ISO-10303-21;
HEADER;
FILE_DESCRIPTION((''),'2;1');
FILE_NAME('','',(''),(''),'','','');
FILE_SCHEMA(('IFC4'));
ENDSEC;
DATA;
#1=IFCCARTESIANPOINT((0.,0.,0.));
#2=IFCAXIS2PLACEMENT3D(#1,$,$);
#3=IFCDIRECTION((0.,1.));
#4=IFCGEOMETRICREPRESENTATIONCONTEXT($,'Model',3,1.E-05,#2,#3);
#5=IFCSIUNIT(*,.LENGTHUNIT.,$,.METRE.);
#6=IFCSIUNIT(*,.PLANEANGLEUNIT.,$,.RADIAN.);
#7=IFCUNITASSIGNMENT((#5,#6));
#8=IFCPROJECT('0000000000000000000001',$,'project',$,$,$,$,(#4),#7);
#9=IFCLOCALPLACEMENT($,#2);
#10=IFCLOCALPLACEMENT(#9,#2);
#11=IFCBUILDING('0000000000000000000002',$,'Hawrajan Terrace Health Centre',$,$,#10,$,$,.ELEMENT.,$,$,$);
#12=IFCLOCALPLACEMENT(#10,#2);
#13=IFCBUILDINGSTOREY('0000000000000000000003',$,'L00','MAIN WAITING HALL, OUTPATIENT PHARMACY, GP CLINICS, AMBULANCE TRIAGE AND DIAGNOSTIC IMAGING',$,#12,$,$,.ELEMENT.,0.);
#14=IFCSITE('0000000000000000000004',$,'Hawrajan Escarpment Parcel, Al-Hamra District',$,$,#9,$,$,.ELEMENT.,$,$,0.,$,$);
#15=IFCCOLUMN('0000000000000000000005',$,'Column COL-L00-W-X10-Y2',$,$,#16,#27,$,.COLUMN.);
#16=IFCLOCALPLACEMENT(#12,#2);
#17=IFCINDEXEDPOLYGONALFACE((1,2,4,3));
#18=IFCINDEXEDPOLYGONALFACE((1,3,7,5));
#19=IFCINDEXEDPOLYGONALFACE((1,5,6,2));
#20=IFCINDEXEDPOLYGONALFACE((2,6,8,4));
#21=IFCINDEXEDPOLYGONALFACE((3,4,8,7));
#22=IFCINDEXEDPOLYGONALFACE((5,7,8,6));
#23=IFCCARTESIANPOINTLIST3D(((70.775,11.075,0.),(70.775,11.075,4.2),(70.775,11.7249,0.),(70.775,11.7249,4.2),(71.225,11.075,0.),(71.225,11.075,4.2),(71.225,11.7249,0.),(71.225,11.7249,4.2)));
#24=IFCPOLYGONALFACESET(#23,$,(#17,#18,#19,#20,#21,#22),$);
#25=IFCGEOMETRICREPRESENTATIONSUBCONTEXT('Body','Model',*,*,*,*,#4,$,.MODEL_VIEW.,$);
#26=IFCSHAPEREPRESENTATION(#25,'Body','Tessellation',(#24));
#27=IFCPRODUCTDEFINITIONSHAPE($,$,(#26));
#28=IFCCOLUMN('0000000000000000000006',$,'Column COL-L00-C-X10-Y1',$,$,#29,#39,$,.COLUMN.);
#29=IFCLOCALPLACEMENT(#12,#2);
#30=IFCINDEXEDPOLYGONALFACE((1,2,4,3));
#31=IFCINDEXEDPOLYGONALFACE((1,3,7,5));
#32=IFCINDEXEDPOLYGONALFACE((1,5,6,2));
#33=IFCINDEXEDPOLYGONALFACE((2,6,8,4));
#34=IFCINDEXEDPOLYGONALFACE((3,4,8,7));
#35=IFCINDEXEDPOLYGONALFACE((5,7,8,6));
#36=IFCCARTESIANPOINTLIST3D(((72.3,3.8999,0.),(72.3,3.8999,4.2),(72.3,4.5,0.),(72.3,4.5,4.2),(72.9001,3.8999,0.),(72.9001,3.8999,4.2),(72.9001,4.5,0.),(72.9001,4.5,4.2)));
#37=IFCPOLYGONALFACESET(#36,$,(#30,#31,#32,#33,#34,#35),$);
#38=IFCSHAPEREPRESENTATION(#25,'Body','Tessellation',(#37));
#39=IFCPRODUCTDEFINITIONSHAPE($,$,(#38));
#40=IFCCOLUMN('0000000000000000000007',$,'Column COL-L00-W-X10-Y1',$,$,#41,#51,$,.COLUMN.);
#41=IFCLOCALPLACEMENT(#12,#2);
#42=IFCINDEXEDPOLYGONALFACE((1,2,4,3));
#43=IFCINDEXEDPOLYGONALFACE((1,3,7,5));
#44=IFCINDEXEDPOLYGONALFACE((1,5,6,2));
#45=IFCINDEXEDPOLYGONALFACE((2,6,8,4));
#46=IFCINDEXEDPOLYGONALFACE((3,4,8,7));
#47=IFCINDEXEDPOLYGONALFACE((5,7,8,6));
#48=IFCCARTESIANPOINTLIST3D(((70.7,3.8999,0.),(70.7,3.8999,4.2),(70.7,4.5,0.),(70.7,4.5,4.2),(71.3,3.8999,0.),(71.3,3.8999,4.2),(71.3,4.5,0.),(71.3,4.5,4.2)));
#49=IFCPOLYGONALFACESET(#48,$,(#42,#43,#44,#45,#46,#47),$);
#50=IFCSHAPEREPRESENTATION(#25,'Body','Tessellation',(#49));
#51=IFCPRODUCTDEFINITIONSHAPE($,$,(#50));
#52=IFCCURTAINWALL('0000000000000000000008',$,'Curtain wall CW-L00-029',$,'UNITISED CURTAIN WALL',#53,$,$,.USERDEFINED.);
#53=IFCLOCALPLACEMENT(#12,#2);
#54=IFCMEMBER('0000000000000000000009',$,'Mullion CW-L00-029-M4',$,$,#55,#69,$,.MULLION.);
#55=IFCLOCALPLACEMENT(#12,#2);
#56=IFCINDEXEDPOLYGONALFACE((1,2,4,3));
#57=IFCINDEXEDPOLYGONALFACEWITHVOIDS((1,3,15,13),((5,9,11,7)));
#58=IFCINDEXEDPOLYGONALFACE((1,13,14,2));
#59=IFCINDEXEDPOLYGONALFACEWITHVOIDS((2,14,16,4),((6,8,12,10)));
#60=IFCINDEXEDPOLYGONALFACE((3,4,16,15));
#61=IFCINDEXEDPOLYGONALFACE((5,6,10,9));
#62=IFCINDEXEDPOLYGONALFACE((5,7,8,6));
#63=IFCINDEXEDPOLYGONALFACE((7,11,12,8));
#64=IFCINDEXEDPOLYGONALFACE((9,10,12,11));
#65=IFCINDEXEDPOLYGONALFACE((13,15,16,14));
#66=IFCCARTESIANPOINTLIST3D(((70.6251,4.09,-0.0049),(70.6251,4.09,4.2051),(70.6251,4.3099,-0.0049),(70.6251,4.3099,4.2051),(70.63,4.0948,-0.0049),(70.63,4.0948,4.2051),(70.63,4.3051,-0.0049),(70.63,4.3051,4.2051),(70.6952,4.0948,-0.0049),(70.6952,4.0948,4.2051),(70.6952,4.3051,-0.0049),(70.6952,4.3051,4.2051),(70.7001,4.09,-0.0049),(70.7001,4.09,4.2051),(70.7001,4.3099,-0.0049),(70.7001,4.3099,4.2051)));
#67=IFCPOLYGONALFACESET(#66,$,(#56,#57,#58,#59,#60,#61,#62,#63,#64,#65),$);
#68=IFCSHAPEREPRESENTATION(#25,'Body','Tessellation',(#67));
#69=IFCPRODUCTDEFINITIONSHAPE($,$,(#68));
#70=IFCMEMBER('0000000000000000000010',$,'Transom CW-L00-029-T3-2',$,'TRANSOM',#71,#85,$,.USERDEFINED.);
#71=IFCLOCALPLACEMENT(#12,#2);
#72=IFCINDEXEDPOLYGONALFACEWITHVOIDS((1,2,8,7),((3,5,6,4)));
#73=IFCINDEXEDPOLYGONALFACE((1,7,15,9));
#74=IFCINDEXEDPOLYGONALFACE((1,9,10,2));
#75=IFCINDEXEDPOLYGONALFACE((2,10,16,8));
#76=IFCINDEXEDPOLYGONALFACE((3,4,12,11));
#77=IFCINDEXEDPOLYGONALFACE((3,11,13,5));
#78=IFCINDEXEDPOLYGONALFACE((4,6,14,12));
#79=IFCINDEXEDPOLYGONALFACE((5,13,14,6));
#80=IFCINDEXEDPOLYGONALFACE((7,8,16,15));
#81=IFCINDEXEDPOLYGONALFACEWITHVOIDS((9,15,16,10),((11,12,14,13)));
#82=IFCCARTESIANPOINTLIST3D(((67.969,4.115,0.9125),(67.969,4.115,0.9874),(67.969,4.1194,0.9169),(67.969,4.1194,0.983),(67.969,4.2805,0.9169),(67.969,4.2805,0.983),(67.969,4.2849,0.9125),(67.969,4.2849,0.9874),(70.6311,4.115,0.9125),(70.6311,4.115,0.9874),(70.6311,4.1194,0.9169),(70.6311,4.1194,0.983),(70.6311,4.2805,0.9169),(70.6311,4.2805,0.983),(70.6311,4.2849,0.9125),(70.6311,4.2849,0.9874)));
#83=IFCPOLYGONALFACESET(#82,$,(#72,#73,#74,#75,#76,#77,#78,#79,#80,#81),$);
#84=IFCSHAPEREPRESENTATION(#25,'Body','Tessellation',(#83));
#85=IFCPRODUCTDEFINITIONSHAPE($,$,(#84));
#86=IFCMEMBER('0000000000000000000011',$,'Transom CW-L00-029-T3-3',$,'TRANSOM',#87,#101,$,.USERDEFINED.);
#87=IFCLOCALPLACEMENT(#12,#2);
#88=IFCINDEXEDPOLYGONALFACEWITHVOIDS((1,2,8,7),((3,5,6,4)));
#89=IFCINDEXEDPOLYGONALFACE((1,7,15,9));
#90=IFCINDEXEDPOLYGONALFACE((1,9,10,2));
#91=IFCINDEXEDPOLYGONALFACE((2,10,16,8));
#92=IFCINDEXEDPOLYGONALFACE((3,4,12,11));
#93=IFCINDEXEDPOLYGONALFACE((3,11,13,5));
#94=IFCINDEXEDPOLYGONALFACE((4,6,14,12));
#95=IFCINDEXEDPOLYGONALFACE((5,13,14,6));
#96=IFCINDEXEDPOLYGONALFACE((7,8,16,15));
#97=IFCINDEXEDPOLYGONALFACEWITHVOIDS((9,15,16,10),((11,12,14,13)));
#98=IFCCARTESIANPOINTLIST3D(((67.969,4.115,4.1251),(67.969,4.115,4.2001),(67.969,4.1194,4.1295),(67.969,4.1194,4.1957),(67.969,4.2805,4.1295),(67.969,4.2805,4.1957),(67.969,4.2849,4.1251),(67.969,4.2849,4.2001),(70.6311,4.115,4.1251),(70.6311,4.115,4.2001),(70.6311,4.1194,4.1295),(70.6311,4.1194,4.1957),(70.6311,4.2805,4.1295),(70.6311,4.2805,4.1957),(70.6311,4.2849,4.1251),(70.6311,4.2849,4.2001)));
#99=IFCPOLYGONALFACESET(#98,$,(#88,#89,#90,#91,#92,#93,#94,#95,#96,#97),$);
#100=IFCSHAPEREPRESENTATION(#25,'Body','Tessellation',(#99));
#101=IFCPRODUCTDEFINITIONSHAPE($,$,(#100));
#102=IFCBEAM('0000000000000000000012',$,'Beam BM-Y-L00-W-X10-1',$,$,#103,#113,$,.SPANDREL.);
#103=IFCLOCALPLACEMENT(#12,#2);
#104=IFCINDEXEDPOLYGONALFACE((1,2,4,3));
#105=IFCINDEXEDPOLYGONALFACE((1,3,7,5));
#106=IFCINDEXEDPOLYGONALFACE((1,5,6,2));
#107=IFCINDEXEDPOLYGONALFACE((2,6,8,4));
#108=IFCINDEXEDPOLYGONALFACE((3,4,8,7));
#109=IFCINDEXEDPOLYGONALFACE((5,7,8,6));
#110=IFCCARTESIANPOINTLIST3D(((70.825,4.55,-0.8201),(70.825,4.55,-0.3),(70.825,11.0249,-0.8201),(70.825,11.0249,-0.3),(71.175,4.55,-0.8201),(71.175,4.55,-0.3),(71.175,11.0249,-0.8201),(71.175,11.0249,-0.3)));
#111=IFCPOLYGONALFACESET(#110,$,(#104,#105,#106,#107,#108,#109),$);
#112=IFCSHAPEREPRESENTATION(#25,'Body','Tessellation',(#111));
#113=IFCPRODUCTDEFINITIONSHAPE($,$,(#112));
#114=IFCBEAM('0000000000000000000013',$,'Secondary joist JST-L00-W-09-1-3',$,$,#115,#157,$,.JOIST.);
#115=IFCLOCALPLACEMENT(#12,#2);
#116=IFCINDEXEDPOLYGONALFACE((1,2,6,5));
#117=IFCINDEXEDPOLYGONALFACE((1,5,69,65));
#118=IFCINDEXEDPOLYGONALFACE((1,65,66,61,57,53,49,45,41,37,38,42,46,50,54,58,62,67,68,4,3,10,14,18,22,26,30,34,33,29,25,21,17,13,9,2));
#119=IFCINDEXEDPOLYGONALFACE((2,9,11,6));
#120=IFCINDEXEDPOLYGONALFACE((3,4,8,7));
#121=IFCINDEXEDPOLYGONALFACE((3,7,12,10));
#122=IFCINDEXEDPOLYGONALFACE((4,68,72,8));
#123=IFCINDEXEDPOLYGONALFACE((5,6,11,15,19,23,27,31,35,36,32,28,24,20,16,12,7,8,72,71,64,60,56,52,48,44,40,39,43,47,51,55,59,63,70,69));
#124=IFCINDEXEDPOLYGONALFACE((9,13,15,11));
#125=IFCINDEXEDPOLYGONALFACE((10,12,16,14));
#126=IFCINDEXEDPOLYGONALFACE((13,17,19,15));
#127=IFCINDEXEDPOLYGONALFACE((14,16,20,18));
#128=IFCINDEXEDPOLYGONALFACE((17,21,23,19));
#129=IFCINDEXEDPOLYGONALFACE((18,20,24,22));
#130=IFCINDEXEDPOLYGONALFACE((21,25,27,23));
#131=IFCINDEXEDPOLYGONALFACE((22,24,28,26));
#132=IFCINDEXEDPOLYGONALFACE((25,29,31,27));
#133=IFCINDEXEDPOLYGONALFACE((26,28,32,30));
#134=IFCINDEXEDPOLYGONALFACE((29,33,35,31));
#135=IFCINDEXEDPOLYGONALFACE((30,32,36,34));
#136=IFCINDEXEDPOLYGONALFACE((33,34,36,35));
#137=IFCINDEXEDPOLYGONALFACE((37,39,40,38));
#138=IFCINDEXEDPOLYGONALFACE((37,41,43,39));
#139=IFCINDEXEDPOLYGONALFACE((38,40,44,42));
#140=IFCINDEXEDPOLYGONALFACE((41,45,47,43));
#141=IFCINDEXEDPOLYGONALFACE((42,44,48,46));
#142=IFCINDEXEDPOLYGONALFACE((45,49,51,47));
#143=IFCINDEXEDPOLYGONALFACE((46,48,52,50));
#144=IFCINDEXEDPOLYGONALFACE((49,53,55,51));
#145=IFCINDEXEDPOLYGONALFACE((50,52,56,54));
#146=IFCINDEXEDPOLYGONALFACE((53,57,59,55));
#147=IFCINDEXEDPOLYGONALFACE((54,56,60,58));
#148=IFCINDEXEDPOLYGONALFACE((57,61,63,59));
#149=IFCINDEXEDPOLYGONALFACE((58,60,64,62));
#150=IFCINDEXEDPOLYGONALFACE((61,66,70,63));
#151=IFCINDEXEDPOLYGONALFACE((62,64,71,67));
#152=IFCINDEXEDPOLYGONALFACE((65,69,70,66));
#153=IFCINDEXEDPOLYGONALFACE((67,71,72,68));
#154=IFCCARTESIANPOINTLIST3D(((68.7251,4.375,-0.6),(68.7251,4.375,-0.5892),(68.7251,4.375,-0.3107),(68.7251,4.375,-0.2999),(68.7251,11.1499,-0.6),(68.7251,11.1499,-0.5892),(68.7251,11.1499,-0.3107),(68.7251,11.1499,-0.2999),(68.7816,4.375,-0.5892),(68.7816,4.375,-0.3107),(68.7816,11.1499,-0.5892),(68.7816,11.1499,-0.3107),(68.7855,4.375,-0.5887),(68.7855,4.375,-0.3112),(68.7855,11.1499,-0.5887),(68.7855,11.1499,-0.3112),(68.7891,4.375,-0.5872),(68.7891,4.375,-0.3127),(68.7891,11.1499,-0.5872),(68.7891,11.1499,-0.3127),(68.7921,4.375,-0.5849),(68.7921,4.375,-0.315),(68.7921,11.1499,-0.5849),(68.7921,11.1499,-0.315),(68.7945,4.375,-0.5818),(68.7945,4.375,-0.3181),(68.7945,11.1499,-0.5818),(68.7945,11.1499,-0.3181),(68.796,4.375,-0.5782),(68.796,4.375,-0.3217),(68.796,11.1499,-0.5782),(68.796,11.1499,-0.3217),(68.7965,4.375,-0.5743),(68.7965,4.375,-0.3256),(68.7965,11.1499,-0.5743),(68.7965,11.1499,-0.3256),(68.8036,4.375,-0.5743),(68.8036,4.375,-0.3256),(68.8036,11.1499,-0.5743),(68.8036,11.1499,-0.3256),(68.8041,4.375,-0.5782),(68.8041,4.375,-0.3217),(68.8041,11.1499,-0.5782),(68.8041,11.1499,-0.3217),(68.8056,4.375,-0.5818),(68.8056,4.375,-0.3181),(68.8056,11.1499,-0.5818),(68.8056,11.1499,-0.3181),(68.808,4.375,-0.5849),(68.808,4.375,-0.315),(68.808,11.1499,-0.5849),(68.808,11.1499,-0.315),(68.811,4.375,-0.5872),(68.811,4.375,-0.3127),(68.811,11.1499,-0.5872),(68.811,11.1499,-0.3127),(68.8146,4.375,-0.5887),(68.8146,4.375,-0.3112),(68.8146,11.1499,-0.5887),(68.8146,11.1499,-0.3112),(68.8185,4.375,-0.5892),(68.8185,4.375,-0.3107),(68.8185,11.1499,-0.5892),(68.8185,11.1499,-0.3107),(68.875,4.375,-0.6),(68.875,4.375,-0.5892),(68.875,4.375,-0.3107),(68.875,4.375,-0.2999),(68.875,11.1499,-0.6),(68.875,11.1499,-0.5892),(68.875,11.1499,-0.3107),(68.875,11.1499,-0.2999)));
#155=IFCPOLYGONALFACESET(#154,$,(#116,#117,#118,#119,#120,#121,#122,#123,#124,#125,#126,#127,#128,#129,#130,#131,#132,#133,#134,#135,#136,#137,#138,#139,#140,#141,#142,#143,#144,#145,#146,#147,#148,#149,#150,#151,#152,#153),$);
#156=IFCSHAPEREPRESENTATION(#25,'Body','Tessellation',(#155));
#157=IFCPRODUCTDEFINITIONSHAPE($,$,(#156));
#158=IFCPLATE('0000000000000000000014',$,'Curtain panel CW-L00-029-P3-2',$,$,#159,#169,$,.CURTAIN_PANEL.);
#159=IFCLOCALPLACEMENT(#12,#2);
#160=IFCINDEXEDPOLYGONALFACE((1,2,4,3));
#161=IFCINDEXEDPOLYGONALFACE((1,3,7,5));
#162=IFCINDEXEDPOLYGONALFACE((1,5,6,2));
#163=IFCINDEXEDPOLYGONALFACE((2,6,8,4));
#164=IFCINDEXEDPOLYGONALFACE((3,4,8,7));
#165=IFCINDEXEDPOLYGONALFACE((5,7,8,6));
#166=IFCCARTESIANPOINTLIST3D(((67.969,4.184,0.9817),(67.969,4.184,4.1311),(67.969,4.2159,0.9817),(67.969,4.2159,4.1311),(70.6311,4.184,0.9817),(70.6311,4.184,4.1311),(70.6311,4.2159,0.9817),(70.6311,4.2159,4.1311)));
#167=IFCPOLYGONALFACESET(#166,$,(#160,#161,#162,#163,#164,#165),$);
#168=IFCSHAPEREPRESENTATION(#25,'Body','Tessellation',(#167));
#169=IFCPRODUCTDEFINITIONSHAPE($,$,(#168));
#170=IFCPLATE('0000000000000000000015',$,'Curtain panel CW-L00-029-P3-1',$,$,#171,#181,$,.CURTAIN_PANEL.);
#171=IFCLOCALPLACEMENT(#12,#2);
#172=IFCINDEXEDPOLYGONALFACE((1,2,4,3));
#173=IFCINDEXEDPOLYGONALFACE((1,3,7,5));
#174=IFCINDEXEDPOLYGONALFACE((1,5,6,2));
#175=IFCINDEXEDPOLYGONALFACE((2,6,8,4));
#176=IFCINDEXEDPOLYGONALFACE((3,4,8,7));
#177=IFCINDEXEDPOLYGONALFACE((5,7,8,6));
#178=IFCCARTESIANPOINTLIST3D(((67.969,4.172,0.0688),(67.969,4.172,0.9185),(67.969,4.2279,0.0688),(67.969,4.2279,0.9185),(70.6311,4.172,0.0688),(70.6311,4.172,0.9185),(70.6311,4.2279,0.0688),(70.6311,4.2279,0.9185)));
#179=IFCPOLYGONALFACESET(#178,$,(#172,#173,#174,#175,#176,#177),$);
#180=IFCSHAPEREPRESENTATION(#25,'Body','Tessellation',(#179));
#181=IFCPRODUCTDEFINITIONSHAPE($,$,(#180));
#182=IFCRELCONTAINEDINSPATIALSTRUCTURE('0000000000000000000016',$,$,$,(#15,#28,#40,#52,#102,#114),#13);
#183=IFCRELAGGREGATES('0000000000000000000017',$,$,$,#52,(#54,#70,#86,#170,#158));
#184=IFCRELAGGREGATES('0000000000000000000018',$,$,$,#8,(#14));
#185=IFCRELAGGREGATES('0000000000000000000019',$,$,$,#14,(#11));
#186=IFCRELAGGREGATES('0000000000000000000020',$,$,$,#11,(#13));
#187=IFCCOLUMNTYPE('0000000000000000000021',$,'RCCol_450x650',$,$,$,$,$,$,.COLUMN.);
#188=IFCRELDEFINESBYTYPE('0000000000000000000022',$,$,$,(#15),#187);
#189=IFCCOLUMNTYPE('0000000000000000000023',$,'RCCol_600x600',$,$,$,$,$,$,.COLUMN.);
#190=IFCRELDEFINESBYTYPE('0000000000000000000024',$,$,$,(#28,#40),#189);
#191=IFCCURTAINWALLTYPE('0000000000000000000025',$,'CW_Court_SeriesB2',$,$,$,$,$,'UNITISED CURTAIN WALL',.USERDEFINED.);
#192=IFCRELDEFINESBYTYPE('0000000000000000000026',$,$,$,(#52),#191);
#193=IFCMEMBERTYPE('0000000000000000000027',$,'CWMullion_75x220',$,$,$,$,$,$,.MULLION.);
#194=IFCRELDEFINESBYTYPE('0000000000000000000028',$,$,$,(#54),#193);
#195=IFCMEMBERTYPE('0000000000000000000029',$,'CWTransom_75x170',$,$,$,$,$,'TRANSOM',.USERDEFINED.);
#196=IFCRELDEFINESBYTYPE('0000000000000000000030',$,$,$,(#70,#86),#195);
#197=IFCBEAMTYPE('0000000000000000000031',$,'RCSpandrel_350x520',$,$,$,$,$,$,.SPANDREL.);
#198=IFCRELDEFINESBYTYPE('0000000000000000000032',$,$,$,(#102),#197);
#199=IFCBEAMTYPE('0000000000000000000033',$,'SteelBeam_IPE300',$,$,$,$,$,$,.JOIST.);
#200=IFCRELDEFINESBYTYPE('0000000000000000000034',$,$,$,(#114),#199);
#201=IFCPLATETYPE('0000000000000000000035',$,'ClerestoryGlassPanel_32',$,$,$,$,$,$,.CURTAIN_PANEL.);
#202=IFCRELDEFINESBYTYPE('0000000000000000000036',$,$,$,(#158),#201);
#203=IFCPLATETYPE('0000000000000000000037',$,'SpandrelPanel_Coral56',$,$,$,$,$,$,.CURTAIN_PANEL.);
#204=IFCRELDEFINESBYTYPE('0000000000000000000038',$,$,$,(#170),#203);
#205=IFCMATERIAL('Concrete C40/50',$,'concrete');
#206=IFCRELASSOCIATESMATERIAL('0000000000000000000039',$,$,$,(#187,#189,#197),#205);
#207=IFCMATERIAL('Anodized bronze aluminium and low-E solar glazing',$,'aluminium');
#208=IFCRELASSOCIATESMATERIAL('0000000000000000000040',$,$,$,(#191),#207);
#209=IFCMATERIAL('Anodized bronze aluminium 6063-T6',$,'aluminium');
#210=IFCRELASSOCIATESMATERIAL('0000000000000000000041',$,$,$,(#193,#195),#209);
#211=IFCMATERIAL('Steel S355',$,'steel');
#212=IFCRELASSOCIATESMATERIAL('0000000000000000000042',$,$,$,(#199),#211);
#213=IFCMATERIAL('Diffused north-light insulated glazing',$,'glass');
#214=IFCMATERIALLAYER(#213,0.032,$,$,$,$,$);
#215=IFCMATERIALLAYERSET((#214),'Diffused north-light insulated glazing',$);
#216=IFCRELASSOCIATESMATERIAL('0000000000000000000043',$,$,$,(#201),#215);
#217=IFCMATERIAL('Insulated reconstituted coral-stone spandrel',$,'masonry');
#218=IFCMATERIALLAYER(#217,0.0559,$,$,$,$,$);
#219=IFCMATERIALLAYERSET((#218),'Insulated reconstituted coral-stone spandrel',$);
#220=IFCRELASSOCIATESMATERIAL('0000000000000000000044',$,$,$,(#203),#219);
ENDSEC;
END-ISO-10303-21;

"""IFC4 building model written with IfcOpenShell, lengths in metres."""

from ifc_helpers import new_model, si_unit, direction, frame, origin, origin_2d, place, context, subcontext, project, spatial, rectangle, hollow_rectangle, i_section, extrude, material, layer, layer_set, material_profile, profile_set, type_object, element, aggregate, save


model = new_model("IFC4")

# Units and contexts
model_context = context("Model", 3, precision=1e-05, world=origin(), true_north=direction((0.0, 1.0)))
body_context = subcontext(model_context, "Body", "Model", "MODEL_VIEW")
ifc_project = project(units=[si_unit("LENGTHUNIT", "METRE"), si_unit("PLANEANGLEUNIT", "RADIAN")], contexts=[model_context])

# Site, building, storey
site_placement = place(None, origin())
site = spatial("IfcSite", under=ifc_project, at=site_placement, Name="Hawrajan Escarpment Parcel, Al-Hamra District", CompositionType="ELEMENT", RefElevation=0.0)
building_placement = place(site_placement, origin())
building = spatial("IfcBuilding", under=site, at=building_placement, Name="Hawrajan Terrace Health Centre", CompositionType="ELEMENT")
storey_placement = place(building_placement, origin())
storey = spatial("IfcBuildingStorey", under=building, at=storey_placement, Name="L00", Description="MAIN WAITING HALL, OUTPATIENT PHARMACY, GP CLINICS, AMBULANCE TRIAGE AND DIAGNOSTIC IMAGING", CompositionType="ELEMENT", Elevation=0.0)

# Shared definitions
ifc_material_1 = material(Name="Concrete C40/50", Category="concrete")

# Columns
ifc_material_profile_1 = material_profile(ifc_material_1, rectangle(XDim=0.45, YDim=0.6499, at=origin_2d()), Name="RC 450x650")
ifc_profile_set_1 = profile_set([ifc_material_profile_1], Name="Concrete C40/50")
column_type_1 = type_object("IfcColumnType", Name="RCCol_450x650", PredefinedType="COLUMN", material=ifc_profile_set_1)
column_placement = place(storey_placement, frame((71.0, 11.3999, 0.0), z_axis=(0.0, 0.0, 1.0), x_axis=(1.0, 0.0, 0.0)))
element("IfcColumn", 1, at=column_placement, inside=storey, type_object=column_type_1, Name="Column COL-L00-W-X10-Y2", PredefinedType="COLUMN", context=body_context, shape_type="SweptSolid", body=[
    extrude(rectangle(XDim=0.45, YDim=0.6499, at=origin_2d()), origin(), (0.0, 0.0, 1.0), 4.2),
])
ifc_material_profile_2 = material_profile(ifc_material_1, rectangle(XDim=0.6001, YDim=0.6001, at=origin_2d()), Name="RC 600x600")
ifc_profile_set_2 = profile_set([ifc_material_profile_2], Name="Concrete C40/50")
column_type_2 = type_object("IfcColumnType", Name="RCCol_600x600", PredefinedType="COLUMN", material=ifc_profile_set_2)
for number, where, z_axis, x_axis, name in (
    (2, (72.6001, 4.2, 0.0), (0.0, 0.0, 1.0), (1.0, 0.0, 0.0), "Column COL-L00-C-X10-Y1"),
    (3, (71.0, 4.2, 0.0), (0.0, 0.0, 1.0), (1.0, 0.0, 0.0), "Column COL-L00-W-X10-Y1"),
):
    element("IfcColumn", number, at=place(storey_placement, frame(where, z_axis=z_axis, x_axis=x_axis)), inside=storey, type_object=column_type_2, Name=name, PredefinedType="COLUMN", context=body_context, shape_type="SweptSolid", body=[
        extrude(rectangle(XDim=0.6001, YDim=0.6001, at=origin_2d()), origin(), (0.0, 0.0, 1.0), 4.2),
    ])

# Curtain wall, members
ifc_material_2 = material(Name="Anodized bronze aluminium and low-E solar glazing", Category="aluminium")
curtain_wall_type = type_object("IfcCurtainWallType", Name="CW_Court_SeriesB2", ElementType="UNITISED CURTAIN WALL", PredefinedType="USERDEFINED", material=ifc_material_2)
curtain_wall_placement = place(storey_placement, origin())
curtain_wall = element("IfcCurtainWall", 4, at=curtain_wall_placement, inside=storey, type_object=curtain_wall_type, Name="Curtain wall CW-L00-029", ObjectType="UNITISED CURTAIN WALL", PredefinedType="USERDEFINED")
ifc_material_3 = material(Name="Anodized bronze aluminium 6063-T6", Category="aluminium")
ifc_material_profile_3 = material_profile(ifc_material_3, hollow_rectangle(XDim=0.075, YDim=0.22, WallThickness=0.0049, at=origin_2d()), Name="CW MUL 75x220")
ifc_profile_set_3 = profile_set([ifc_material_profile_3], Name="Anodized bronze aluminium 6063-T6")
member_type_1 = type_object("IfcMemberType", Name="CWMullion_75x220", PredefinedType="MULLION", material=ifc_profile_set_3)
member_1_placement = place(storey_placement, frame((70.6626, 4.2, -0.0049), z_axis=(0.0, 0.0, 1.0), x_axis=(1.0, 0.0, 0.0)))
member_1 = element("IfcMember", 5, at=member_1_placement, type_object=member_type_1, Name="Mullion CW-L00-029-M4", PredefinedType="MULLION", context=body_context, shape_type="SweptSolid", body=[
    extrude(hollow_rectangle(XDim=0.075, YDim=0.22, WallThickness=0.0049, at=origin_2d()), origin(), (0.0, 0.0, 1.0), 4.21),
])
ifc_material_profile_4 = material_profile(ifc_material_3, hollow_rectangle(XDim=0.075, YDim=0.1699, WallThickness=0.0044, at=origin_2d()), Name="CW TRN 75x170")
ifc_profile_set_4 = profile_set([ifc_material_profile_4], Name="Anodized bronze aluminium 6063-T6")
member_type_2 = type_object("IfcMemberType", Name="CWTransom_75x170", ElementType="TRANSOM", PredefinedType="USERDEFINED", material=ifc_profile_set_4)
member_2_placement = place(storey_placement, frame((67.969, 4.2, 0.95), z_axis=(1.0, 0.0, 0.0), x_axis=(0.0, 0.0, 1.0)))
member_2 = element("IfcMember", 6, at=member_2_placement, type_object=member_type_2, Name="Transom CW-L00-029-T3-2", ObjectType="TRANSOM", PredefinedType="USERDEFINED", context=body_context, shape_type="SweptSolid", body=[
    extrude(hollow_rectangle(XDim=0.075, YDim=0.1699, WallThickness=0.0044, at=origin_2d()), origin(), (0.0, 0.0, 1.0), 2.6621),
])
member_3_placement = place(storey_placement, frame((67.969, 4.2, 4.1626), z_axis=(1.0, 0.0, 0.0), x_axis=(0.0, 0.0, 1.0)))
member_3 = element("IfcMember", 7, at=member_3_placement, type_object=member_type_2, Name="Transom CW-L00-029-T3-3", ObjectType="TRANSOM", PredefinedType="USERDEFINED", context=body_context, shape_type="SweptSolid", body=[
    extrude(hollow_rectangle(XDim=0.075, YDim=0.1699, WallThickness=0.0044, at=origin_2d()), origin(), (0.0, 0.0, 1.0), 2.6621),
])

# Beams
ifc_material_profile_5 = material_profile(ifc_material_1, rectangle(XDim=0.3501, YDim=0.52, at=origin_2d()), Name="RC SP 350x520")
ifc_profile_set_5 = profile_set([ifc_material_profile_5], Name="Concrete C40/50")
beam_type_1 = type_object("IfcBeamType", Name="RCSpandrel_350x520", PredefinedType="SPANDREL", material=ifc_profile_set_5)
beam_1_placement = place(storey_placement, frame((71.0, 4.55, -0.5601), z_axis=(0.0, 1.0, 0.0), x_axis=(-1.0, 0.0, 0.0)))
element("IfcBeam", 8, at=beam_1_placement, inside=storey, type_object=beam_type_1, Name="Beam BM-Y-L00-W-X10-1", PredefinedType="SPANDREL", context=body_context, shape_type="SweptSolid", body=[
    extrude(rectangle(XDim=0.3501, YDim=0.52, at=origin_2d()), origin(), (0.0, 0.0, 1.0), 6.4749),
])
ifc_material_4 = material(Name="Steel S355", Category="steel")
ifc_material_profile_6 = material_profile(ifc_material_4, i_section(OverallWidth=0.1499, OverallDepth=0.3, WebThickness=0.0071, FlangeThickness=0.0107, FilletRadius=0.0149, at=origin_2d()), Name="IPE 300")
ifc_profile_set_6 = profile_set([ifc_material_profile_6], Name="Steel S355")
beam_type_2 = type_object("IfcBeamType", Name="SteelBeam_IPE300", PredefinedType="JOIST", material=ifc_profile_set_6)
beam_2_placement = place(storey_placement, frame((68.8, 4.375, -0.45), z_axis=(0.0, 1.0, 0.0), x_axis=(-1.0, 0.0, 0.0)))
element("IfcBeam", 9, at=beam_2_placement, inside=storey, type_object=beam_type_2, Name="Secondary joist JST-L00-W-09-1-3", PredefinedType="JOIST", context=body_context, shape_type="SweptSolid", body=[
    extrude(i_section(OverallWidth=0.1499, OverallDepth=0.3, WebThickness=0.0071, FlangeThickness=0.0107, FilletRadius=0.0149, at=origin_2d()), origin(), (0.0, 0.0, 1.0), 6.7749),
])

# Plates
ifc_material_5 = material(Name="Diffused north-light insulated glazing", Category="glass")
ifc_layer_1 = layer(ifc_material_5, 0.032)
ifc_layer_set_1 = layer_set([ifc_layer_1], Name="Diffused north-light insulated glazing")
plate_type_1 = type_object("IfcPlateType", Name="ClerestoryGlassPanel_32", PredefinedType="CURTAIN_PANEL", material=ifc_layer_set_1)
plate_1_placement = place(storey_placement, frame((69.3, 4.2, 0.9817), z_axis=(0.0, 0.0, 1.0), x_axis=(1.0, 0.0, 0.0)))
plate_1 = element("IfcPlate", 10, at=plate_1_placement, type_object=plate_type_1, Name="Curtain panel CW-L00-029-P3-2", PredefinedType="CURTAIN_PANEL", context=body_context, shape_type="SweptSolid", body=[
    extrude(rectangle(XDim=2.6621, YDim=0.032, at=origin_2d()), origin(), (0.0, 0.0, 1.0), 3.1494),
])
ifc_material_6 = material(Name="Insulated reconstituted coral-stone spandrel", Category="masonry")
ifc_layer_2 = layer(ifc_material_6, 0.0559)
ifc_layer_set_2 = layer_set([ifc_layer_2], Name="Insulated reconstituted coral-stone spandrel")
plate_type_2 = type_object("IfcPlateType", Name="SpandrelPanel_Coral56", PredefinedType="CURTAIN_PANEL", material=ifc_layer_set_2)
plate_2_placement = place(storey_placement, frame((69.3, 4.2, 0.0688), z_axis=(0.0, 0.0, 1.0), x_axis=(1.0, 0.0, 0.0)))
plate_2 = element("IfcPlate", 11, at=plate_2_placement, type_object=plate_type_2, Name="Curtain panel CW-L00-029-P3-1", PredefinedType="CURTAIN_PANEL", context=body_context, shape_type="SweptSolid", body=[
    extrude(rectangle(XDim=2.6621, YDim=0.0559, at=origin_2d()), origin(), (0.0, 0.0, 1.0), 0.8496),
])
aggregate(curtain_wall, [member_1, member_2, member_3, plate_2, plate_1])

save(model, "model.ifc")
